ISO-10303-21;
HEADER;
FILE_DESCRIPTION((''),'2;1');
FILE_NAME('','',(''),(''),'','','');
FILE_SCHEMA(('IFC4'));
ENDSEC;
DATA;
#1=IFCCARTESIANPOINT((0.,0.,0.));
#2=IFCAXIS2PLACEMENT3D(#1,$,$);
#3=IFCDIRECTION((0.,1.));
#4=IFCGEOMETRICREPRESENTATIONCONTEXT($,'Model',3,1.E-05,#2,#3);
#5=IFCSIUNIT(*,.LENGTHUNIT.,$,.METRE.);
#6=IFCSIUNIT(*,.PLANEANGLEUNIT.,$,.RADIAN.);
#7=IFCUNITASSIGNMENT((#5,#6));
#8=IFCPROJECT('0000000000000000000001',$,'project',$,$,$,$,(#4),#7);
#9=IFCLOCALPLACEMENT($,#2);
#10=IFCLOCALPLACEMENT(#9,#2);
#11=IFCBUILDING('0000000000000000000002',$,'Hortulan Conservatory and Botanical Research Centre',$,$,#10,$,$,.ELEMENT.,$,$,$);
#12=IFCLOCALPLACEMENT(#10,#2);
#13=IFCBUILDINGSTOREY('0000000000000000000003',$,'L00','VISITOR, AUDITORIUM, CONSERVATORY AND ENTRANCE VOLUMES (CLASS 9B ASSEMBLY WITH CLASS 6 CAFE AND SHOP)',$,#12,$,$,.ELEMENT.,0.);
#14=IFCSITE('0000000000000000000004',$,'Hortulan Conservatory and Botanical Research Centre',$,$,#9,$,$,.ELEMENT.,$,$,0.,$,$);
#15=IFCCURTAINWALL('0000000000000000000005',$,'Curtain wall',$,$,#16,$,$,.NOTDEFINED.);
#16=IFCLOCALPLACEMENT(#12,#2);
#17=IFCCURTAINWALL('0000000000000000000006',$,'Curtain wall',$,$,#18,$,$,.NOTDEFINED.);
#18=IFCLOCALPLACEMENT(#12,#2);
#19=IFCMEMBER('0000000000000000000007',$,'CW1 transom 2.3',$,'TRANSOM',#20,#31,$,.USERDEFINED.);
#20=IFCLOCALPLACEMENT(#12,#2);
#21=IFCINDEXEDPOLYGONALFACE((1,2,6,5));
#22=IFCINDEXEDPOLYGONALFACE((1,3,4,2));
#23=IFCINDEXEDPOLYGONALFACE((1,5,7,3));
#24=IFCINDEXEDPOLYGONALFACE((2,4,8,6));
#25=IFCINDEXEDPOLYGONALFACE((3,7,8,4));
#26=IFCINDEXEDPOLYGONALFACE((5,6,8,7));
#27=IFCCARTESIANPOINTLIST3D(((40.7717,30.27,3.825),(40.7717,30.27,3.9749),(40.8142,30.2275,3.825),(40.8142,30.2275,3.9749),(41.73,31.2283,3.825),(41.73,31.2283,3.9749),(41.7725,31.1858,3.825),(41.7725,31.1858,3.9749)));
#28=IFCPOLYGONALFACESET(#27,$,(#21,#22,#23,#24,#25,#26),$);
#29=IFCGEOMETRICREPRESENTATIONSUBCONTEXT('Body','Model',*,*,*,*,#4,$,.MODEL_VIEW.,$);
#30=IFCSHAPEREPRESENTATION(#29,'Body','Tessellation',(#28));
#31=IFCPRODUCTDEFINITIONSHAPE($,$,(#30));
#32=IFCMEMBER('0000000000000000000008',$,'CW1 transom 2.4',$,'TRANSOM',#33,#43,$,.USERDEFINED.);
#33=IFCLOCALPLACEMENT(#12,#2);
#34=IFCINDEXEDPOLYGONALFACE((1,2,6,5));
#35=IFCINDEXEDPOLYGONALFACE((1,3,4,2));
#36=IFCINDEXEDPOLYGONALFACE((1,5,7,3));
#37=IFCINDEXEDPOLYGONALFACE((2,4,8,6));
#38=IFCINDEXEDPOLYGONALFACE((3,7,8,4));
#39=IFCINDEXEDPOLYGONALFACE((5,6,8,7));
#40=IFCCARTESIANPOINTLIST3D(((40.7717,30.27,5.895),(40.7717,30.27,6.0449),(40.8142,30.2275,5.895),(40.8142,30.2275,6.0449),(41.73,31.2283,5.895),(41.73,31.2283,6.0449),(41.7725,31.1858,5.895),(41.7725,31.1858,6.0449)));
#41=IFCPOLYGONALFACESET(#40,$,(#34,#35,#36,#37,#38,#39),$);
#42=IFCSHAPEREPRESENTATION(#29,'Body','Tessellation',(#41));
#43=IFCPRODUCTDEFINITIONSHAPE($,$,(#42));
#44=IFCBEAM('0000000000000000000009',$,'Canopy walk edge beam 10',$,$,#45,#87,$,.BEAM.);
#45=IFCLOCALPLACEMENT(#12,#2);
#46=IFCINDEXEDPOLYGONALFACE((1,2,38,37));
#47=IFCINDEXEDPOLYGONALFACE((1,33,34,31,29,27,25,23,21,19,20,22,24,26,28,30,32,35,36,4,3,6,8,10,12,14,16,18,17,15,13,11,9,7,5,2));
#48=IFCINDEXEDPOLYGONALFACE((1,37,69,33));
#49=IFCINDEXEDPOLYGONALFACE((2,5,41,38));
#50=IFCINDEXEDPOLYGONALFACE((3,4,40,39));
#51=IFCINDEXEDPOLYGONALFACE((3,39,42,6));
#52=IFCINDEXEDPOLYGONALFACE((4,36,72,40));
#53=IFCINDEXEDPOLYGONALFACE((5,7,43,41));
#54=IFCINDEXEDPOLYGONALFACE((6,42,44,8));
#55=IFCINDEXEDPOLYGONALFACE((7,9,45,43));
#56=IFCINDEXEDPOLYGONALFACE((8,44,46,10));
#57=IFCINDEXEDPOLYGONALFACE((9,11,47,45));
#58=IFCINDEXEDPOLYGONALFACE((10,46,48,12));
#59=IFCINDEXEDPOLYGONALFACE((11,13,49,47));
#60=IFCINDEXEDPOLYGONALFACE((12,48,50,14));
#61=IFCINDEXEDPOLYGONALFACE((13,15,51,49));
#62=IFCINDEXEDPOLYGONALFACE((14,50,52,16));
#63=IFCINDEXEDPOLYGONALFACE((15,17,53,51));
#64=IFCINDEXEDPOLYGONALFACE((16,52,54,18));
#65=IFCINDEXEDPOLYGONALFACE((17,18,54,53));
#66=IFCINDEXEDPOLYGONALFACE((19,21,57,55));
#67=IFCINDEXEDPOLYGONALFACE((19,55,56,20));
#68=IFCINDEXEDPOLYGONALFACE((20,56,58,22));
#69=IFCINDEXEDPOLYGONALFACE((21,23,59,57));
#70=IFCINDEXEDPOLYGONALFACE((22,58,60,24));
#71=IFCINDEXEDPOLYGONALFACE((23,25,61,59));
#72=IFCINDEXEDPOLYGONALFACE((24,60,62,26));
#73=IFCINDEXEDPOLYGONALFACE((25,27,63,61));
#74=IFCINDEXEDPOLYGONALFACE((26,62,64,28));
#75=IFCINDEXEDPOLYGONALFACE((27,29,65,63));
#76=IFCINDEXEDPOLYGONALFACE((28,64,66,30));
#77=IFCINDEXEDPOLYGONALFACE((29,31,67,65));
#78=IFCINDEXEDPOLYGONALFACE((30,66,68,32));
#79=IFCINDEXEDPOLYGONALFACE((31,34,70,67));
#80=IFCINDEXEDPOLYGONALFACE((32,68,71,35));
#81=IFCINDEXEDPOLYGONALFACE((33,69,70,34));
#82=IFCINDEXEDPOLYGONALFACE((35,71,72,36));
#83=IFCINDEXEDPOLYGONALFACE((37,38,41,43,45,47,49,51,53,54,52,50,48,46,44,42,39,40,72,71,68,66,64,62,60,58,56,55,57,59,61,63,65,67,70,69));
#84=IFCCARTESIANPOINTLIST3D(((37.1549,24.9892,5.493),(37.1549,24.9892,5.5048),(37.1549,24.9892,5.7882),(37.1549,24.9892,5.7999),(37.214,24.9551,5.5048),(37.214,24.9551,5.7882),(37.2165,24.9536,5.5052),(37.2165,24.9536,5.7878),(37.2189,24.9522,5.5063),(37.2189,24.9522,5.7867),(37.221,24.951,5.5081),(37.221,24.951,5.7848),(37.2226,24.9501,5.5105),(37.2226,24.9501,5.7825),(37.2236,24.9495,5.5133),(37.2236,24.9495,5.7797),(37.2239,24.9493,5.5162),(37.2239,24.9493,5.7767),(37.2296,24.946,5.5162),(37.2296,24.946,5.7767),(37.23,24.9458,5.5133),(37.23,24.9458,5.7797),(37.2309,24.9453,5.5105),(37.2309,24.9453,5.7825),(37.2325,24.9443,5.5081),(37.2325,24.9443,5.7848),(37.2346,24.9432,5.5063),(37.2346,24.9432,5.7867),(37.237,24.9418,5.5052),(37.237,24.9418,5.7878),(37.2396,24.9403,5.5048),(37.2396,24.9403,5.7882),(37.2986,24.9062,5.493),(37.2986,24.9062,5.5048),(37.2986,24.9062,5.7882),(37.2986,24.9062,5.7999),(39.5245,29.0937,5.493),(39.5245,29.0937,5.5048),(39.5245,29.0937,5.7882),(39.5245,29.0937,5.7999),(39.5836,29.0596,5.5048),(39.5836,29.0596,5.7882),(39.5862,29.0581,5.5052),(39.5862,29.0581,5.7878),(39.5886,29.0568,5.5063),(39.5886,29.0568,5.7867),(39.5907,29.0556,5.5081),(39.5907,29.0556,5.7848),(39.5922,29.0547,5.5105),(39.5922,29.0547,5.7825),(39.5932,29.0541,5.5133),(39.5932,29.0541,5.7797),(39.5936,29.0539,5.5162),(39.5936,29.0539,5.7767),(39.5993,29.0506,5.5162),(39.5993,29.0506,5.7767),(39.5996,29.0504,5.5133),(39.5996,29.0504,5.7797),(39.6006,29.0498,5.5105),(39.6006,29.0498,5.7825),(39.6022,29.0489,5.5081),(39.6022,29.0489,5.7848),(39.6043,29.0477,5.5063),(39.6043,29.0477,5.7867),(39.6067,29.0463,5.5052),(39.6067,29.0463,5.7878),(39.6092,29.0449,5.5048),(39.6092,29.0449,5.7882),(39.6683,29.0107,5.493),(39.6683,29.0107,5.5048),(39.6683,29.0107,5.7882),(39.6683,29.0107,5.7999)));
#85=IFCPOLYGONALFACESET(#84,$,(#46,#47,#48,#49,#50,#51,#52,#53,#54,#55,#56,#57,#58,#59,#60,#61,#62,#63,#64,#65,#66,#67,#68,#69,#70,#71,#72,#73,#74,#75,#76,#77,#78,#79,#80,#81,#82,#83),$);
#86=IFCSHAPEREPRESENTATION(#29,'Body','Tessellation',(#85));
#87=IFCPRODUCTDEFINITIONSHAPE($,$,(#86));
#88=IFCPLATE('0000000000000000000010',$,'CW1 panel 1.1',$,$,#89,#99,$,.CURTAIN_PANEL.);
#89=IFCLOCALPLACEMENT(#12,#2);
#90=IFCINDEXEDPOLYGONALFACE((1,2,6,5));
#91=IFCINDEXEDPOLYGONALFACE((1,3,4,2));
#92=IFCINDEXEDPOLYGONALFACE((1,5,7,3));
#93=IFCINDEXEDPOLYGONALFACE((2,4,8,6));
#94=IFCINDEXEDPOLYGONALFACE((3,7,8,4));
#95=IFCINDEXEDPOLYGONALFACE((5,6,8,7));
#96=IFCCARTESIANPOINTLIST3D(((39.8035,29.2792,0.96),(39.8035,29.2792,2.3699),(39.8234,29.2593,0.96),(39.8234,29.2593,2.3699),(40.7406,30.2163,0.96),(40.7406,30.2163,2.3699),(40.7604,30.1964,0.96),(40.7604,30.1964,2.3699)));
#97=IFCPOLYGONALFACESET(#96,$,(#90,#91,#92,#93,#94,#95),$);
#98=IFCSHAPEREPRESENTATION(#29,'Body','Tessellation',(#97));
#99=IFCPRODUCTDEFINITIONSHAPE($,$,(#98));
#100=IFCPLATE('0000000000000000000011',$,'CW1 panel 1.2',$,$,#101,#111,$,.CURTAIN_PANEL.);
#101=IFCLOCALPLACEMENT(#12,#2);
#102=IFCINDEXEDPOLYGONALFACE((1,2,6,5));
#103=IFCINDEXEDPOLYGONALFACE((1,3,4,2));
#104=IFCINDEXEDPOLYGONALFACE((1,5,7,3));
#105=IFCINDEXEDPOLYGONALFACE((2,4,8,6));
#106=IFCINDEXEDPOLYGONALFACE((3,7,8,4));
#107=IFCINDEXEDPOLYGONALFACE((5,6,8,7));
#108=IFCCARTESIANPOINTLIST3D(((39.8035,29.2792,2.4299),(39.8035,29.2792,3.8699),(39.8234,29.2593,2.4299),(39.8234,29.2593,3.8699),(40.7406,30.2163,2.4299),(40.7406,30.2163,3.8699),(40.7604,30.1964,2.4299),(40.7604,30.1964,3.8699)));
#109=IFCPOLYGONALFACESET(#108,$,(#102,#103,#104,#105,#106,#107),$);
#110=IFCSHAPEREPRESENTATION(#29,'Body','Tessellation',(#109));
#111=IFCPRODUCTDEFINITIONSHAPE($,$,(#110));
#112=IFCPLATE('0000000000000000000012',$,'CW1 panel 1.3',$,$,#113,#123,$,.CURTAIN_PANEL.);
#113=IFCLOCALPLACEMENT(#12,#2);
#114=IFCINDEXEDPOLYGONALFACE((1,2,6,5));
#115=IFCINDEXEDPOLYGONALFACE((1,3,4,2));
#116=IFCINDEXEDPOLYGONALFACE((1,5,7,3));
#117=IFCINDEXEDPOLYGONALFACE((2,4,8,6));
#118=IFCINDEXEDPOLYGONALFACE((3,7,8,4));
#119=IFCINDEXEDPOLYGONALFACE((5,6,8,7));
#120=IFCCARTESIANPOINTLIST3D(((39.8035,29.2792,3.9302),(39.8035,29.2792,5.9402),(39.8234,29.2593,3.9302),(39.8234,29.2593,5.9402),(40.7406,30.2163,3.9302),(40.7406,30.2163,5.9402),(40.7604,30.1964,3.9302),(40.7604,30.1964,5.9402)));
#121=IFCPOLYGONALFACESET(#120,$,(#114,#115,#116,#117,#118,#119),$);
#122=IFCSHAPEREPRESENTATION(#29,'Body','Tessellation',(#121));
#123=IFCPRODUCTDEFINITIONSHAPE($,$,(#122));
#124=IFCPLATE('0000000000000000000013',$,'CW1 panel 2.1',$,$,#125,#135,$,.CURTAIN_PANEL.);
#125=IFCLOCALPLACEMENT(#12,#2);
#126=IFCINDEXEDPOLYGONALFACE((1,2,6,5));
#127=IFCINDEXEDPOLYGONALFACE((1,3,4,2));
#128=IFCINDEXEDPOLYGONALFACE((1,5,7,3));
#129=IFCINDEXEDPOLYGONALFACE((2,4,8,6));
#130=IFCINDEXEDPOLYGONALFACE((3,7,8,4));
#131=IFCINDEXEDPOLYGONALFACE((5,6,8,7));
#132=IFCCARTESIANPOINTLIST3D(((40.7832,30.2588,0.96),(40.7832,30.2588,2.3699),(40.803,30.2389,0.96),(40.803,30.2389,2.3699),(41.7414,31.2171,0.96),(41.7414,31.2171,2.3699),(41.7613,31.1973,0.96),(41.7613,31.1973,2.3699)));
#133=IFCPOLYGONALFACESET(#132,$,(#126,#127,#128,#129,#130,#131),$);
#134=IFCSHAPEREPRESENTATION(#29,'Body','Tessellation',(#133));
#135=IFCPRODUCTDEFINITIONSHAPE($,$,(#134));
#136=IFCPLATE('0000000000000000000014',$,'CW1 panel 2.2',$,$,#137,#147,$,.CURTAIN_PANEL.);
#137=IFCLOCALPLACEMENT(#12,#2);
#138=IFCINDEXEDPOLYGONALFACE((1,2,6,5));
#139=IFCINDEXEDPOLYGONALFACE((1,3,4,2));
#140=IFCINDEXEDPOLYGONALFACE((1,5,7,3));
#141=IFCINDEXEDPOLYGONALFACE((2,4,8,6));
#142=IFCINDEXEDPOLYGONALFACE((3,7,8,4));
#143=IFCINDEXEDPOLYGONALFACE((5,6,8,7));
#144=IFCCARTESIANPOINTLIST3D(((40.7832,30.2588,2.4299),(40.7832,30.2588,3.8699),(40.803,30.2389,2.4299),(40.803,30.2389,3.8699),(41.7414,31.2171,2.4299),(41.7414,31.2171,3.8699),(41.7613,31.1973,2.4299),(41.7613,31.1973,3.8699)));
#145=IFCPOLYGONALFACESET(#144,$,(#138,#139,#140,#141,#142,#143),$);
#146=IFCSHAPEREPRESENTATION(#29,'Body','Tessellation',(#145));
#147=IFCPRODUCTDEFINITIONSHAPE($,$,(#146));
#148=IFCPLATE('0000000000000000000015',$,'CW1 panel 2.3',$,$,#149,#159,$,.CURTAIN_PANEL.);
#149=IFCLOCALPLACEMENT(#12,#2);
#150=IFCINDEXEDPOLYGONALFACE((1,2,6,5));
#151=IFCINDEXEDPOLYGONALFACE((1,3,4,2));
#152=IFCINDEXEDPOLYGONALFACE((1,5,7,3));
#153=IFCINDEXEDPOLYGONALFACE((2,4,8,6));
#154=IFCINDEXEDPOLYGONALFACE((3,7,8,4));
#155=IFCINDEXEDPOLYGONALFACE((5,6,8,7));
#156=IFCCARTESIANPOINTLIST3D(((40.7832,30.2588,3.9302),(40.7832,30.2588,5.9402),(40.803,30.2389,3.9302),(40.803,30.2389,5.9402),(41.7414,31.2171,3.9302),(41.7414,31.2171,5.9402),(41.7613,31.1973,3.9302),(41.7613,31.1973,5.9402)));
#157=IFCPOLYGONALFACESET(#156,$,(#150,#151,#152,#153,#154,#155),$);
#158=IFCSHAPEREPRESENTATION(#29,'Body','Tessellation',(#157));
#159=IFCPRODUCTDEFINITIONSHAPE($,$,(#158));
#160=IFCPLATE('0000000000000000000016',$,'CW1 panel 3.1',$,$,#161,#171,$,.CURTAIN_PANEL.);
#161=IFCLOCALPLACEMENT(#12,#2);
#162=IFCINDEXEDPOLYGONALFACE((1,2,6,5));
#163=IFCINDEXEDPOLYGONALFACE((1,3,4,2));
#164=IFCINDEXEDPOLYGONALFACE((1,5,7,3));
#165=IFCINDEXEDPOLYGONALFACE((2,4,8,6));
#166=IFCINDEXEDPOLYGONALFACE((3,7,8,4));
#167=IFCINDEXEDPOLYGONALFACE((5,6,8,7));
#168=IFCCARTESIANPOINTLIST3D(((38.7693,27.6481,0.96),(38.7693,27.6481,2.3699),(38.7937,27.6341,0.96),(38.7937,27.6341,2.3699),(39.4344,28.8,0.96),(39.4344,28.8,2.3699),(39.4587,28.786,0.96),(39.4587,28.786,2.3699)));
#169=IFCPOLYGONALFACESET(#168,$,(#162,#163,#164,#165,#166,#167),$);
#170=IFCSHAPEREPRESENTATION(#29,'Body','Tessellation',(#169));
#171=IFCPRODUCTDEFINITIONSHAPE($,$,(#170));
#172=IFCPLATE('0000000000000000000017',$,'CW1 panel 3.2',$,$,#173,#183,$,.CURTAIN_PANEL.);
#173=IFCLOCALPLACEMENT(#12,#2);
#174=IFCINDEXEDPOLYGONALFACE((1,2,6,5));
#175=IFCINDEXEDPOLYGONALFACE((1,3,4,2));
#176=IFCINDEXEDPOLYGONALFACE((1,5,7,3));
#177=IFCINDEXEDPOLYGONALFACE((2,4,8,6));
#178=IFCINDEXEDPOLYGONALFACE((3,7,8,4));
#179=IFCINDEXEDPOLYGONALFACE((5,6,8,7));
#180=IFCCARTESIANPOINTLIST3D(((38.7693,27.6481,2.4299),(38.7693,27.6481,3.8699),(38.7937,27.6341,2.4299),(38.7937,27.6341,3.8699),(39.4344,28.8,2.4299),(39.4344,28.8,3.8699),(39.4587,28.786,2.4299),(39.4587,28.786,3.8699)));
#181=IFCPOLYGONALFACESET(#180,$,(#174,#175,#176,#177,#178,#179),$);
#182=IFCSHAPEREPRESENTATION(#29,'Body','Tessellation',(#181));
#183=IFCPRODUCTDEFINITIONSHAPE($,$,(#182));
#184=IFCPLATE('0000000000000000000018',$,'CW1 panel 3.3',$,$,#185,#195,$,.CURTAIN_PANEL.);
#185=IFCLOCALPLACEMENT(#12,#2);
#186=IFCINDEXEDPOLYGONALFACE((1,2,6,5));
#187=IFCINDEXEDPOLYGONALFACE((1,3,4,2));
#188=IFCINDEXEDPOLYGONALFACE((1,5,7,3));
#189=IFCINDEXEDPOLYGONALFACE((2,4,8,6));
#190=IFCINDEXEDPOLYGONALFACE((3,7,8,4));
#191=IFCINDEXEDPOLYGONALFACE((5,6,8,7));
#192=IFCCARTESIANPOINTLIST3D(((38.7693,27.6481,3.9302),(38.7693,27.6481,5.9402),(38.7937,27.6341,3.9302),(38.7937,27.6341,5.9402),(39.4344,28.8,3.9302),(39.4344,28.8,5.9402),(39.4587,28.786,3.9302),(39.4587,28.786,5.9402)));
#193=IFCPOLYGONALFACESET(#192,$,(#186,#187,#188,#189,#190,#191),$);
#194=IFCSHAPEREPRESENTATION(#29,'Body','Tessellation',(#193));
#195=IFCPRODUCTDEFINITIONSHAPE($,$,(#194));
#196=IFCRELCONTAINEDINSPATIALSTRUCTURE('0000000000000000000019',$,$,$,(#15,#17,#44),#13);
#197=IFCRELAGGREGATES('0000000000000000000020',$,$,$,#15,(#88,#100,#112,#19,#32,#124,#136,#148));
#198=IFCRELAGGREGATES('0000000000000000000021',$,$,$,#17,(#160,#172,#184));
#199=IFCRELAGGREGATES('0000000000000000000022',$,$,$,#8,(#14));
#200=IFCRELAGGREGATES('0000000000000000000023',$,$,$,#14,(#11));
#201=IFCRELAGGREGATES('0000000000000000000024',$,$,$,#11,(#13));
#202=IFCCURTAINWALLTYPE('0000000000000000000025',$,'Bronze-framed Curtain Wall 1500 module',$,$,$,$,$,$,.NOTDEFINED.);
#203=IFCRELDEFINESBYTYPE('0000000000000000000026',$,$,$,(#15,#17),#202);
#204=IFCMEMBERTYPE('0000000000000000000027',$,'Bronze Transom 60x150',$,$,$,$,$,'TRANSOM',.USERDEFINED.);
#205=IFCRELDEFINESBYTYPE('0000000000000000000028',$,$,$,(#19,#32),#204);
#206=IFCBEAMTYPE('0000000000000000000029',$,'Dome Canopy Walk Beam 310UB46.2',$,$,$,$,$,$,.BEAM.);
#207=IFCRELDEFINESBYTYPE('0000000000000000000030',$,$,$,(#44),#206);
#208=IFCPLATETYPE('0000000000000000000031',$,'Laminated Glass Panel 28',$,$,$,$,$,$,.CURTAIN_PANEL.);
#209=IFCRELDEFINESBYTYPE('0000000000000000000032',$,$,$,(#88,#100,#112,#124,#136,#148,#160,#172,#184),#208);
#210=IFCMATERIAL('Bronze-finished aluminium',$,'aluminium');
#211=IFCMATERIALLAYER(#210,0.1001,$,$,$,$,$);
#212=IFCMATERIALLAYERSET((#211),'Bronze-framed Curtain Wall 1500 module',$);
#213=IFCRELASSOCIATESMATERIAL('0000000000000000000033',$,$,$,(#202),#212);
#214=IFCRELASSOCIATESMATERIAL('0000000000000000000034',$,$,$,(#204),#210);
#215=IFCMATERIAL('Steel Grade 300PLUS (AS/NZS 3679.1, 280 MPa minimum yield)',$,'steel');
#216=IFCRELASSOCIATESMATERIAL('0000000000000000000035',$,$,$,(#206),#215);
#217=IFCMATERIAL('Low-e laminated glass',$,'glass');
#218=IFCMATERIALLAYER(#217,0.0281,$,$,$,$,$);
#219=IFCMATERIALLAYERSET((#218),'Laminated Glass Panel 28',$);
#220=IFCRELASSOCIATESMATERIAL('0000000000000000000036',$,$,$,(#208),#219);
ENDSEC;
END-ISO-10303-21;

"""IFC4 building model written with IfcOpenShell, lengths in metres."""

from ifc_helpers import new_model, si_unit, direction, frame, origin, origin_2d, place, context, subcontext, project, spatial, rectangle, i_section, extrude, material, layer, layer_set, material_profile, profile_set, type_object, element, aggregate, save


model = new_model("IFC4")

# Units and contexts
model_context = context("Model", 3, precision=1e-05, world=origin(), true_north=direction((0.0, 1.0)))
body_context = subcontext(model_context, "Body", "Model", "MODEL_VIEW")
ifc_project = project(units=[si_unit("LENGTHUNIT", "METRE"), si_unit("PLANEANGLEUNIT", "RADIAN")], contexts=[model_context])

# Site, building, storey
site_placement = place(None, origin())
site = spatial("IfcSite", under=ifc_project, at=site_placement, Name="Hortulan Conservatory and Botanical Research Centre", CompositionType="ELEMENT", RefElevation=0.0)
building_placement = place(site_placement, origin())
building = spatial("IfcBuilding", under=site, at=building_placement, Name="Hortulan Conservatory and Botanical Research Centre", CompositionType="ELEMENT")
storey_placement = place(building_placement, origin())
storey = spatial("IfcBuildingStorey", under=building, at=storey_placement, Name="L00", Description="VISITOR, AUDITORIUM, CONSERVATORY AND ENTRANCE VOLUMES (CLASS 9B ASSEMBLY WITH CLASS 6 CAFE AND SHOP)", CompositionType="ELEMENT", Elevation=0.0)

# Curtain wall
ifc_material_1 = material(Name="Bronze-finished aluminium", Category="aluminium")
ifc_layer_1 = layer(ifc_material_1, 0.1001)
ifc_layer_set_1 = layer_set([ifc_layer_1], Name="Bronze-framed Curtain Wall 1500 module")
curtain_wall_type = type_object("IfcCurtainWallType", Name="Bronze-framed Curtain Wall 1500 module", PredefinedType="NOTDEFINED", material=ifc_layer_set_1)
curtain_wall_1_placement = place(storey_placement, origin())
curtain_wall_1 = element("IfcCurtainWall", 1, at=curtain_wall_1_placement, inside=storey, type_object=curtain_wall_type, Name="Curtain wall", PredefinedType="NOTDEFINED")

# Curtain wall
curtain_wall_2_placement = place(storey_placement, origin())
curtain_wall_2 = element("IfcCurtainWall", 2, at=curtain_wall_2_placement, inside=storey, type_object=curtain_wall_type, Name="Curtain wall", PredefinedType="NOTDEFINED")

# Members
ifc_material_profile_1 = material_profile(ifc_material_1, rectangle(XDim=0.0601, YDim=0.1499, at=origin_2d()), Name="Bronze Transom 60x150")
ifc_profile_set_1 = profile_set([ifc_material_profile_1], Name="Bronze-finished aluminium")
member_type_1 = type_object("IfcMemberType", Name="Bronze Transom 60x150", ElementType="TRANSOM", PredefinedType="USERDEFINED", material=ifc_profile_set_1)
member_1_placement = place(storey_placement, frame((40.793, 30.2488, 3.8999), z_axis=(0.707107, 0.707107, 0.0), x_axis=(-0.707107, 0.707107, 0.0)))
member_1 = element("IfcMember", 3, at=member_1_placement, type_object=member_type_1, Name="CW1 transom 2.3", ObjectType="TRANSOM", PredefinedType="USERDEFINED", context=body_context, shape_type="SweptSolid", body=[
    extrude(rectangle(XDim=0.0601, YDim=0.1499, at=origin_2d()), origin(), (0.0, 0.0, 1.0), 1.3552),
])
member_2_placement = place(storey_placement, frame((40.793, 30.2488, 5.97), z_axis=(0.707107, 0.707107, 0.0), x_axis=(-0.707107, 0.707107, 0.0)))
member_2 = element("IfcMember", 4, at=member_2_placement, type_object=member_type_1, Name="CW1 transom 2.4", ObjectType="TRANSOM", PredefinedType="USERDEFINED", context=body_context, shape_type="SweptSolid", body=[
    extrude(rectangle(XDim=0.0601, YDim=0.1499, at=origin_2d()), origin(), (0.0, 0.0, 1.0), 1.3552),
])

# Beam
ifc_material_2 = material(Name="Steel Grade 300PLUS (AS/NZS 3679.1, 280 MPa minimum yield)", Category="steel")
ifc_material_profile_2 = material_profile(ifc_material_2, i_section(OverallWidth=0.166, OverallDepth=0.3069, WebThickness=0.0066, FlangeThickness=0.0117, FilletRadius=0.0115, at=origin_2d()), Name="310UB46.2")
ifc_profile_set_2 = profile_set([ifc_material_profile_2], Name="Steel Grade 300PLUS (AS/NZS 3679.1, 280 MPa minimum yield)")
beam_type = type_object("IfcBeamType", Name="Dome Canopy Walk Beam 310UB46.2", PredefinedType="BEAM", material=ifc_profile_set_2)
beam_placement = place(storey_placement, frame((39.5964, 29.0522, 5.6465), z_axis=(-0.499984, -0.866035, 0.0), x_axis=(0.866035, -0.499984, 0.0)))
element("IfcBeam", 5, at=beam_placement, inside=storey, type_object=beam_type, Name="Canopy walk edge beam 10", PredefinedType="BEAM", context=body_context, shape_type="SweptSolid", body=[
    extrude(i_section(OverallWidth=0.166, OverallDepth=0.3069, WebThickness=0.0066, FlangeThickness=0.0117, FilletRadius=0.0115, at=origin_2d()), origin(), (0.0, 0.0, 1.0), 4.7395),
])

# Plates
ifc_material_3 = material(Name="Low-e laminated glass", Category="glass")
ifc_layer_2 = layer(ifc_material_3, 0.0281)
ifc_layer_set_2 = layer_set([ifc_layer_2], Name="Laminated Glass Panel 28")
plate_type = type_object("IfcPlateType", Name="Laminated Glass Panel 28", PredefinedType="CURTAIN_PANEL", material=ifc_layer_set_2)
plate_1_placement = place(storey_placement, frame((40.282, 29.7378, 0.96), z_axis=(0.0, 0.0, 1.0), x_axis=(0.707095, 0.707119, 0.0)))
plate_1 = element("IfcPlate", 6, at=plate_1_placement, type_object=plate_type, Name="CW1 panel 1.1", PredefinedType="CURTAIN_PANEL", context=body_context, shape_type="SweptSolid", body=[
    extrude(rectangle(XDim=1.3252, YDim=0.0281, at=origin_2d()), origin(), (0.0, 0.0, 1.0), 1.4099),
])
plate_2_placement = place(storey_placement, frame((40.282, 29.7378, 2.4299), z_axis=(0.0, 0.0, 1.0), x_axis=(0.707095, 0.707119, 0.0)))
plate_2 = element("IfcPlate", 7, at=plate_2_placement, type_object=plate_type, Name="CW1 panel 1.2", PredefinedType="CURTAIN_PANEL", context=body_context, shape_type="SweptSolid", body=[
    extrude(rectangle(XDim=1.3252, YDim=0.0281, at=origin_2d()), origin(), (0.0, 0.0, 1.0), 1.4399),
])
plate_3_placement = place(storey_placement, frame((40.282, 29.7378, 3.9302), z_axis=(0.0, 0.0, 1.0), x_axis=(0.707095, 0.707119, 0.0)))
plate_3 = element("IfcPlate", 8, at=plate_3_placement, type_object=plate_type, Name="CW1 panel 1.3", PredefinedType="CURTAIN_PANEL", context=body_context, shape_type="SweptSolid", body=[
    extrude(rectangle(XDim=1.3252, YDim=0.0281, at=origin_2d()), origin(), (0.0, 0.0, 1.0), 2.01),
])
plate_4_placement = place(storey_placement, frame((41.2722, 30.728, 0.96), z_axis=(0.0, 0.0, 1.0), x_axis=(0.707095, 0.707119, 0.0)))
plate_4 = element("IfcPlate", 9, at=plate_4_placement, type_object=plate_type, Name="CW1 panel 2.1", PredefinedType="CURTAIN_PANEL", context=body_context, shape_type="SweptSolid", body=[
    extrude(rectangle(XDim=1.3552, YDim=0.0281, at=origin_2d()), origin(), (0.0, 0.0, 1.0), 1.4099),
])
plate_5_placement = place(storey_placement, frame((41.2722, 30.728, 2.4299), z_axis=(0.0, 0.0, 1.0), x_axis=(0.707095, 0.707119, 0.0)))
plate_5 = element("IfcPlate", 10, at=plate_5_placement, type_object=plate_type, Name="CW1 panel 2.2", PredefinedType="CURTAIN_PANEL", context=body_context, shape_type="SweptSolid", body=[
    extrude(rectangle(XDim=1.3552, YDim=0.0281, at=origin_2d()), origin(), (0.0, 0.0, 1.0), 1.4399),
])
plate_6_placement = place(storey_placement, frame((41.2722, 30.728, 3.9302), z_axis=(0.0, 0.0, 1.0), x_axis=(0.707095, 0.707119, 0.0)))
plate_6 = element("IfcPlate", 11, at=plate_6_placement, type_object=plate_type, Name="CW1 panel 2.3", PredefinedType="CURTAIN_PANEL", context=body_context, shape_type="SweptSolid", body=[
    extrude(rectangle(XDim=1.3552, YDim=0.0281, at=origin_2d()), origin(), (0.0, 0.0, 1.0), 2.01),
])
aggregate(curtain_wall_1, [plate_1, plate_2, plate_3, member_1, member_2, plate_4, plate_5, plate_6])
plate_7_placement = place(storey_placement, frame((39.114, 28.217, 0.96), z_axis=(0.0, 0.0, 1.0), x_axis=(0.499981, 0.866036, 0.0)))
plate_7 = element("IfcPlate", 12, at=plate_7_placement, type_object=plate_type, Name="CW1 panel 3.1", PredefinedType="CURTAIN_PANEL", context=body_context, shape_type="SweptSolid", body=[
    extrude(rectangle(XDim=1.3301, YDim=0.0281, at=origin_2d()), origin(), (0.0, 0.0, 1.0), 1.4099),
])
plate_8_placement = place(storey_placement, frame((39.114, 28.217, 2.4299), z_axis=(0.0, 0.0, 1.0), x_axis=(0.499981, 0.866036, 0.0)))
plate_8 = element("IfcPlate", 13, at=plate_8_placement, type_object=plate_type, Name="CW1 panel 3.2", PredefinedType="CURTAIN_PANEL", context=body_context, shape_type="SweptSolid", body=[
    extrude(rectangle(XDim=1.3301, YDim=0.0281, at=origin_2d()), origin(), (0.0, 0.0, 1.0), 1.4399),
])
plate_9_placement = place(storey_placement, frame((39.114, 28.217, 3.9302), z_axis=(0.0, 0.0, 1.0), x_axis=(0.499981, 0.866036, 0.0)))
plate_9 = element("IfcPlate", 14, at=plate_9_placement, type_object=plate_type, Name="CW1 panel 3.3", PredefinedType="CURTAIN_PANEL", context=body_context, shape_type="SweptSolid", body=[
    extrude(rectangle(XDim=1.3301, YDim=0.0281, at=origin_2d()), origin(), (0.0, 0.0, 1.0), 2.01),
])
aggregate(curtain_wall_2, [plate_7, plate_8, plate_9])

save(model, "model.ifc")
